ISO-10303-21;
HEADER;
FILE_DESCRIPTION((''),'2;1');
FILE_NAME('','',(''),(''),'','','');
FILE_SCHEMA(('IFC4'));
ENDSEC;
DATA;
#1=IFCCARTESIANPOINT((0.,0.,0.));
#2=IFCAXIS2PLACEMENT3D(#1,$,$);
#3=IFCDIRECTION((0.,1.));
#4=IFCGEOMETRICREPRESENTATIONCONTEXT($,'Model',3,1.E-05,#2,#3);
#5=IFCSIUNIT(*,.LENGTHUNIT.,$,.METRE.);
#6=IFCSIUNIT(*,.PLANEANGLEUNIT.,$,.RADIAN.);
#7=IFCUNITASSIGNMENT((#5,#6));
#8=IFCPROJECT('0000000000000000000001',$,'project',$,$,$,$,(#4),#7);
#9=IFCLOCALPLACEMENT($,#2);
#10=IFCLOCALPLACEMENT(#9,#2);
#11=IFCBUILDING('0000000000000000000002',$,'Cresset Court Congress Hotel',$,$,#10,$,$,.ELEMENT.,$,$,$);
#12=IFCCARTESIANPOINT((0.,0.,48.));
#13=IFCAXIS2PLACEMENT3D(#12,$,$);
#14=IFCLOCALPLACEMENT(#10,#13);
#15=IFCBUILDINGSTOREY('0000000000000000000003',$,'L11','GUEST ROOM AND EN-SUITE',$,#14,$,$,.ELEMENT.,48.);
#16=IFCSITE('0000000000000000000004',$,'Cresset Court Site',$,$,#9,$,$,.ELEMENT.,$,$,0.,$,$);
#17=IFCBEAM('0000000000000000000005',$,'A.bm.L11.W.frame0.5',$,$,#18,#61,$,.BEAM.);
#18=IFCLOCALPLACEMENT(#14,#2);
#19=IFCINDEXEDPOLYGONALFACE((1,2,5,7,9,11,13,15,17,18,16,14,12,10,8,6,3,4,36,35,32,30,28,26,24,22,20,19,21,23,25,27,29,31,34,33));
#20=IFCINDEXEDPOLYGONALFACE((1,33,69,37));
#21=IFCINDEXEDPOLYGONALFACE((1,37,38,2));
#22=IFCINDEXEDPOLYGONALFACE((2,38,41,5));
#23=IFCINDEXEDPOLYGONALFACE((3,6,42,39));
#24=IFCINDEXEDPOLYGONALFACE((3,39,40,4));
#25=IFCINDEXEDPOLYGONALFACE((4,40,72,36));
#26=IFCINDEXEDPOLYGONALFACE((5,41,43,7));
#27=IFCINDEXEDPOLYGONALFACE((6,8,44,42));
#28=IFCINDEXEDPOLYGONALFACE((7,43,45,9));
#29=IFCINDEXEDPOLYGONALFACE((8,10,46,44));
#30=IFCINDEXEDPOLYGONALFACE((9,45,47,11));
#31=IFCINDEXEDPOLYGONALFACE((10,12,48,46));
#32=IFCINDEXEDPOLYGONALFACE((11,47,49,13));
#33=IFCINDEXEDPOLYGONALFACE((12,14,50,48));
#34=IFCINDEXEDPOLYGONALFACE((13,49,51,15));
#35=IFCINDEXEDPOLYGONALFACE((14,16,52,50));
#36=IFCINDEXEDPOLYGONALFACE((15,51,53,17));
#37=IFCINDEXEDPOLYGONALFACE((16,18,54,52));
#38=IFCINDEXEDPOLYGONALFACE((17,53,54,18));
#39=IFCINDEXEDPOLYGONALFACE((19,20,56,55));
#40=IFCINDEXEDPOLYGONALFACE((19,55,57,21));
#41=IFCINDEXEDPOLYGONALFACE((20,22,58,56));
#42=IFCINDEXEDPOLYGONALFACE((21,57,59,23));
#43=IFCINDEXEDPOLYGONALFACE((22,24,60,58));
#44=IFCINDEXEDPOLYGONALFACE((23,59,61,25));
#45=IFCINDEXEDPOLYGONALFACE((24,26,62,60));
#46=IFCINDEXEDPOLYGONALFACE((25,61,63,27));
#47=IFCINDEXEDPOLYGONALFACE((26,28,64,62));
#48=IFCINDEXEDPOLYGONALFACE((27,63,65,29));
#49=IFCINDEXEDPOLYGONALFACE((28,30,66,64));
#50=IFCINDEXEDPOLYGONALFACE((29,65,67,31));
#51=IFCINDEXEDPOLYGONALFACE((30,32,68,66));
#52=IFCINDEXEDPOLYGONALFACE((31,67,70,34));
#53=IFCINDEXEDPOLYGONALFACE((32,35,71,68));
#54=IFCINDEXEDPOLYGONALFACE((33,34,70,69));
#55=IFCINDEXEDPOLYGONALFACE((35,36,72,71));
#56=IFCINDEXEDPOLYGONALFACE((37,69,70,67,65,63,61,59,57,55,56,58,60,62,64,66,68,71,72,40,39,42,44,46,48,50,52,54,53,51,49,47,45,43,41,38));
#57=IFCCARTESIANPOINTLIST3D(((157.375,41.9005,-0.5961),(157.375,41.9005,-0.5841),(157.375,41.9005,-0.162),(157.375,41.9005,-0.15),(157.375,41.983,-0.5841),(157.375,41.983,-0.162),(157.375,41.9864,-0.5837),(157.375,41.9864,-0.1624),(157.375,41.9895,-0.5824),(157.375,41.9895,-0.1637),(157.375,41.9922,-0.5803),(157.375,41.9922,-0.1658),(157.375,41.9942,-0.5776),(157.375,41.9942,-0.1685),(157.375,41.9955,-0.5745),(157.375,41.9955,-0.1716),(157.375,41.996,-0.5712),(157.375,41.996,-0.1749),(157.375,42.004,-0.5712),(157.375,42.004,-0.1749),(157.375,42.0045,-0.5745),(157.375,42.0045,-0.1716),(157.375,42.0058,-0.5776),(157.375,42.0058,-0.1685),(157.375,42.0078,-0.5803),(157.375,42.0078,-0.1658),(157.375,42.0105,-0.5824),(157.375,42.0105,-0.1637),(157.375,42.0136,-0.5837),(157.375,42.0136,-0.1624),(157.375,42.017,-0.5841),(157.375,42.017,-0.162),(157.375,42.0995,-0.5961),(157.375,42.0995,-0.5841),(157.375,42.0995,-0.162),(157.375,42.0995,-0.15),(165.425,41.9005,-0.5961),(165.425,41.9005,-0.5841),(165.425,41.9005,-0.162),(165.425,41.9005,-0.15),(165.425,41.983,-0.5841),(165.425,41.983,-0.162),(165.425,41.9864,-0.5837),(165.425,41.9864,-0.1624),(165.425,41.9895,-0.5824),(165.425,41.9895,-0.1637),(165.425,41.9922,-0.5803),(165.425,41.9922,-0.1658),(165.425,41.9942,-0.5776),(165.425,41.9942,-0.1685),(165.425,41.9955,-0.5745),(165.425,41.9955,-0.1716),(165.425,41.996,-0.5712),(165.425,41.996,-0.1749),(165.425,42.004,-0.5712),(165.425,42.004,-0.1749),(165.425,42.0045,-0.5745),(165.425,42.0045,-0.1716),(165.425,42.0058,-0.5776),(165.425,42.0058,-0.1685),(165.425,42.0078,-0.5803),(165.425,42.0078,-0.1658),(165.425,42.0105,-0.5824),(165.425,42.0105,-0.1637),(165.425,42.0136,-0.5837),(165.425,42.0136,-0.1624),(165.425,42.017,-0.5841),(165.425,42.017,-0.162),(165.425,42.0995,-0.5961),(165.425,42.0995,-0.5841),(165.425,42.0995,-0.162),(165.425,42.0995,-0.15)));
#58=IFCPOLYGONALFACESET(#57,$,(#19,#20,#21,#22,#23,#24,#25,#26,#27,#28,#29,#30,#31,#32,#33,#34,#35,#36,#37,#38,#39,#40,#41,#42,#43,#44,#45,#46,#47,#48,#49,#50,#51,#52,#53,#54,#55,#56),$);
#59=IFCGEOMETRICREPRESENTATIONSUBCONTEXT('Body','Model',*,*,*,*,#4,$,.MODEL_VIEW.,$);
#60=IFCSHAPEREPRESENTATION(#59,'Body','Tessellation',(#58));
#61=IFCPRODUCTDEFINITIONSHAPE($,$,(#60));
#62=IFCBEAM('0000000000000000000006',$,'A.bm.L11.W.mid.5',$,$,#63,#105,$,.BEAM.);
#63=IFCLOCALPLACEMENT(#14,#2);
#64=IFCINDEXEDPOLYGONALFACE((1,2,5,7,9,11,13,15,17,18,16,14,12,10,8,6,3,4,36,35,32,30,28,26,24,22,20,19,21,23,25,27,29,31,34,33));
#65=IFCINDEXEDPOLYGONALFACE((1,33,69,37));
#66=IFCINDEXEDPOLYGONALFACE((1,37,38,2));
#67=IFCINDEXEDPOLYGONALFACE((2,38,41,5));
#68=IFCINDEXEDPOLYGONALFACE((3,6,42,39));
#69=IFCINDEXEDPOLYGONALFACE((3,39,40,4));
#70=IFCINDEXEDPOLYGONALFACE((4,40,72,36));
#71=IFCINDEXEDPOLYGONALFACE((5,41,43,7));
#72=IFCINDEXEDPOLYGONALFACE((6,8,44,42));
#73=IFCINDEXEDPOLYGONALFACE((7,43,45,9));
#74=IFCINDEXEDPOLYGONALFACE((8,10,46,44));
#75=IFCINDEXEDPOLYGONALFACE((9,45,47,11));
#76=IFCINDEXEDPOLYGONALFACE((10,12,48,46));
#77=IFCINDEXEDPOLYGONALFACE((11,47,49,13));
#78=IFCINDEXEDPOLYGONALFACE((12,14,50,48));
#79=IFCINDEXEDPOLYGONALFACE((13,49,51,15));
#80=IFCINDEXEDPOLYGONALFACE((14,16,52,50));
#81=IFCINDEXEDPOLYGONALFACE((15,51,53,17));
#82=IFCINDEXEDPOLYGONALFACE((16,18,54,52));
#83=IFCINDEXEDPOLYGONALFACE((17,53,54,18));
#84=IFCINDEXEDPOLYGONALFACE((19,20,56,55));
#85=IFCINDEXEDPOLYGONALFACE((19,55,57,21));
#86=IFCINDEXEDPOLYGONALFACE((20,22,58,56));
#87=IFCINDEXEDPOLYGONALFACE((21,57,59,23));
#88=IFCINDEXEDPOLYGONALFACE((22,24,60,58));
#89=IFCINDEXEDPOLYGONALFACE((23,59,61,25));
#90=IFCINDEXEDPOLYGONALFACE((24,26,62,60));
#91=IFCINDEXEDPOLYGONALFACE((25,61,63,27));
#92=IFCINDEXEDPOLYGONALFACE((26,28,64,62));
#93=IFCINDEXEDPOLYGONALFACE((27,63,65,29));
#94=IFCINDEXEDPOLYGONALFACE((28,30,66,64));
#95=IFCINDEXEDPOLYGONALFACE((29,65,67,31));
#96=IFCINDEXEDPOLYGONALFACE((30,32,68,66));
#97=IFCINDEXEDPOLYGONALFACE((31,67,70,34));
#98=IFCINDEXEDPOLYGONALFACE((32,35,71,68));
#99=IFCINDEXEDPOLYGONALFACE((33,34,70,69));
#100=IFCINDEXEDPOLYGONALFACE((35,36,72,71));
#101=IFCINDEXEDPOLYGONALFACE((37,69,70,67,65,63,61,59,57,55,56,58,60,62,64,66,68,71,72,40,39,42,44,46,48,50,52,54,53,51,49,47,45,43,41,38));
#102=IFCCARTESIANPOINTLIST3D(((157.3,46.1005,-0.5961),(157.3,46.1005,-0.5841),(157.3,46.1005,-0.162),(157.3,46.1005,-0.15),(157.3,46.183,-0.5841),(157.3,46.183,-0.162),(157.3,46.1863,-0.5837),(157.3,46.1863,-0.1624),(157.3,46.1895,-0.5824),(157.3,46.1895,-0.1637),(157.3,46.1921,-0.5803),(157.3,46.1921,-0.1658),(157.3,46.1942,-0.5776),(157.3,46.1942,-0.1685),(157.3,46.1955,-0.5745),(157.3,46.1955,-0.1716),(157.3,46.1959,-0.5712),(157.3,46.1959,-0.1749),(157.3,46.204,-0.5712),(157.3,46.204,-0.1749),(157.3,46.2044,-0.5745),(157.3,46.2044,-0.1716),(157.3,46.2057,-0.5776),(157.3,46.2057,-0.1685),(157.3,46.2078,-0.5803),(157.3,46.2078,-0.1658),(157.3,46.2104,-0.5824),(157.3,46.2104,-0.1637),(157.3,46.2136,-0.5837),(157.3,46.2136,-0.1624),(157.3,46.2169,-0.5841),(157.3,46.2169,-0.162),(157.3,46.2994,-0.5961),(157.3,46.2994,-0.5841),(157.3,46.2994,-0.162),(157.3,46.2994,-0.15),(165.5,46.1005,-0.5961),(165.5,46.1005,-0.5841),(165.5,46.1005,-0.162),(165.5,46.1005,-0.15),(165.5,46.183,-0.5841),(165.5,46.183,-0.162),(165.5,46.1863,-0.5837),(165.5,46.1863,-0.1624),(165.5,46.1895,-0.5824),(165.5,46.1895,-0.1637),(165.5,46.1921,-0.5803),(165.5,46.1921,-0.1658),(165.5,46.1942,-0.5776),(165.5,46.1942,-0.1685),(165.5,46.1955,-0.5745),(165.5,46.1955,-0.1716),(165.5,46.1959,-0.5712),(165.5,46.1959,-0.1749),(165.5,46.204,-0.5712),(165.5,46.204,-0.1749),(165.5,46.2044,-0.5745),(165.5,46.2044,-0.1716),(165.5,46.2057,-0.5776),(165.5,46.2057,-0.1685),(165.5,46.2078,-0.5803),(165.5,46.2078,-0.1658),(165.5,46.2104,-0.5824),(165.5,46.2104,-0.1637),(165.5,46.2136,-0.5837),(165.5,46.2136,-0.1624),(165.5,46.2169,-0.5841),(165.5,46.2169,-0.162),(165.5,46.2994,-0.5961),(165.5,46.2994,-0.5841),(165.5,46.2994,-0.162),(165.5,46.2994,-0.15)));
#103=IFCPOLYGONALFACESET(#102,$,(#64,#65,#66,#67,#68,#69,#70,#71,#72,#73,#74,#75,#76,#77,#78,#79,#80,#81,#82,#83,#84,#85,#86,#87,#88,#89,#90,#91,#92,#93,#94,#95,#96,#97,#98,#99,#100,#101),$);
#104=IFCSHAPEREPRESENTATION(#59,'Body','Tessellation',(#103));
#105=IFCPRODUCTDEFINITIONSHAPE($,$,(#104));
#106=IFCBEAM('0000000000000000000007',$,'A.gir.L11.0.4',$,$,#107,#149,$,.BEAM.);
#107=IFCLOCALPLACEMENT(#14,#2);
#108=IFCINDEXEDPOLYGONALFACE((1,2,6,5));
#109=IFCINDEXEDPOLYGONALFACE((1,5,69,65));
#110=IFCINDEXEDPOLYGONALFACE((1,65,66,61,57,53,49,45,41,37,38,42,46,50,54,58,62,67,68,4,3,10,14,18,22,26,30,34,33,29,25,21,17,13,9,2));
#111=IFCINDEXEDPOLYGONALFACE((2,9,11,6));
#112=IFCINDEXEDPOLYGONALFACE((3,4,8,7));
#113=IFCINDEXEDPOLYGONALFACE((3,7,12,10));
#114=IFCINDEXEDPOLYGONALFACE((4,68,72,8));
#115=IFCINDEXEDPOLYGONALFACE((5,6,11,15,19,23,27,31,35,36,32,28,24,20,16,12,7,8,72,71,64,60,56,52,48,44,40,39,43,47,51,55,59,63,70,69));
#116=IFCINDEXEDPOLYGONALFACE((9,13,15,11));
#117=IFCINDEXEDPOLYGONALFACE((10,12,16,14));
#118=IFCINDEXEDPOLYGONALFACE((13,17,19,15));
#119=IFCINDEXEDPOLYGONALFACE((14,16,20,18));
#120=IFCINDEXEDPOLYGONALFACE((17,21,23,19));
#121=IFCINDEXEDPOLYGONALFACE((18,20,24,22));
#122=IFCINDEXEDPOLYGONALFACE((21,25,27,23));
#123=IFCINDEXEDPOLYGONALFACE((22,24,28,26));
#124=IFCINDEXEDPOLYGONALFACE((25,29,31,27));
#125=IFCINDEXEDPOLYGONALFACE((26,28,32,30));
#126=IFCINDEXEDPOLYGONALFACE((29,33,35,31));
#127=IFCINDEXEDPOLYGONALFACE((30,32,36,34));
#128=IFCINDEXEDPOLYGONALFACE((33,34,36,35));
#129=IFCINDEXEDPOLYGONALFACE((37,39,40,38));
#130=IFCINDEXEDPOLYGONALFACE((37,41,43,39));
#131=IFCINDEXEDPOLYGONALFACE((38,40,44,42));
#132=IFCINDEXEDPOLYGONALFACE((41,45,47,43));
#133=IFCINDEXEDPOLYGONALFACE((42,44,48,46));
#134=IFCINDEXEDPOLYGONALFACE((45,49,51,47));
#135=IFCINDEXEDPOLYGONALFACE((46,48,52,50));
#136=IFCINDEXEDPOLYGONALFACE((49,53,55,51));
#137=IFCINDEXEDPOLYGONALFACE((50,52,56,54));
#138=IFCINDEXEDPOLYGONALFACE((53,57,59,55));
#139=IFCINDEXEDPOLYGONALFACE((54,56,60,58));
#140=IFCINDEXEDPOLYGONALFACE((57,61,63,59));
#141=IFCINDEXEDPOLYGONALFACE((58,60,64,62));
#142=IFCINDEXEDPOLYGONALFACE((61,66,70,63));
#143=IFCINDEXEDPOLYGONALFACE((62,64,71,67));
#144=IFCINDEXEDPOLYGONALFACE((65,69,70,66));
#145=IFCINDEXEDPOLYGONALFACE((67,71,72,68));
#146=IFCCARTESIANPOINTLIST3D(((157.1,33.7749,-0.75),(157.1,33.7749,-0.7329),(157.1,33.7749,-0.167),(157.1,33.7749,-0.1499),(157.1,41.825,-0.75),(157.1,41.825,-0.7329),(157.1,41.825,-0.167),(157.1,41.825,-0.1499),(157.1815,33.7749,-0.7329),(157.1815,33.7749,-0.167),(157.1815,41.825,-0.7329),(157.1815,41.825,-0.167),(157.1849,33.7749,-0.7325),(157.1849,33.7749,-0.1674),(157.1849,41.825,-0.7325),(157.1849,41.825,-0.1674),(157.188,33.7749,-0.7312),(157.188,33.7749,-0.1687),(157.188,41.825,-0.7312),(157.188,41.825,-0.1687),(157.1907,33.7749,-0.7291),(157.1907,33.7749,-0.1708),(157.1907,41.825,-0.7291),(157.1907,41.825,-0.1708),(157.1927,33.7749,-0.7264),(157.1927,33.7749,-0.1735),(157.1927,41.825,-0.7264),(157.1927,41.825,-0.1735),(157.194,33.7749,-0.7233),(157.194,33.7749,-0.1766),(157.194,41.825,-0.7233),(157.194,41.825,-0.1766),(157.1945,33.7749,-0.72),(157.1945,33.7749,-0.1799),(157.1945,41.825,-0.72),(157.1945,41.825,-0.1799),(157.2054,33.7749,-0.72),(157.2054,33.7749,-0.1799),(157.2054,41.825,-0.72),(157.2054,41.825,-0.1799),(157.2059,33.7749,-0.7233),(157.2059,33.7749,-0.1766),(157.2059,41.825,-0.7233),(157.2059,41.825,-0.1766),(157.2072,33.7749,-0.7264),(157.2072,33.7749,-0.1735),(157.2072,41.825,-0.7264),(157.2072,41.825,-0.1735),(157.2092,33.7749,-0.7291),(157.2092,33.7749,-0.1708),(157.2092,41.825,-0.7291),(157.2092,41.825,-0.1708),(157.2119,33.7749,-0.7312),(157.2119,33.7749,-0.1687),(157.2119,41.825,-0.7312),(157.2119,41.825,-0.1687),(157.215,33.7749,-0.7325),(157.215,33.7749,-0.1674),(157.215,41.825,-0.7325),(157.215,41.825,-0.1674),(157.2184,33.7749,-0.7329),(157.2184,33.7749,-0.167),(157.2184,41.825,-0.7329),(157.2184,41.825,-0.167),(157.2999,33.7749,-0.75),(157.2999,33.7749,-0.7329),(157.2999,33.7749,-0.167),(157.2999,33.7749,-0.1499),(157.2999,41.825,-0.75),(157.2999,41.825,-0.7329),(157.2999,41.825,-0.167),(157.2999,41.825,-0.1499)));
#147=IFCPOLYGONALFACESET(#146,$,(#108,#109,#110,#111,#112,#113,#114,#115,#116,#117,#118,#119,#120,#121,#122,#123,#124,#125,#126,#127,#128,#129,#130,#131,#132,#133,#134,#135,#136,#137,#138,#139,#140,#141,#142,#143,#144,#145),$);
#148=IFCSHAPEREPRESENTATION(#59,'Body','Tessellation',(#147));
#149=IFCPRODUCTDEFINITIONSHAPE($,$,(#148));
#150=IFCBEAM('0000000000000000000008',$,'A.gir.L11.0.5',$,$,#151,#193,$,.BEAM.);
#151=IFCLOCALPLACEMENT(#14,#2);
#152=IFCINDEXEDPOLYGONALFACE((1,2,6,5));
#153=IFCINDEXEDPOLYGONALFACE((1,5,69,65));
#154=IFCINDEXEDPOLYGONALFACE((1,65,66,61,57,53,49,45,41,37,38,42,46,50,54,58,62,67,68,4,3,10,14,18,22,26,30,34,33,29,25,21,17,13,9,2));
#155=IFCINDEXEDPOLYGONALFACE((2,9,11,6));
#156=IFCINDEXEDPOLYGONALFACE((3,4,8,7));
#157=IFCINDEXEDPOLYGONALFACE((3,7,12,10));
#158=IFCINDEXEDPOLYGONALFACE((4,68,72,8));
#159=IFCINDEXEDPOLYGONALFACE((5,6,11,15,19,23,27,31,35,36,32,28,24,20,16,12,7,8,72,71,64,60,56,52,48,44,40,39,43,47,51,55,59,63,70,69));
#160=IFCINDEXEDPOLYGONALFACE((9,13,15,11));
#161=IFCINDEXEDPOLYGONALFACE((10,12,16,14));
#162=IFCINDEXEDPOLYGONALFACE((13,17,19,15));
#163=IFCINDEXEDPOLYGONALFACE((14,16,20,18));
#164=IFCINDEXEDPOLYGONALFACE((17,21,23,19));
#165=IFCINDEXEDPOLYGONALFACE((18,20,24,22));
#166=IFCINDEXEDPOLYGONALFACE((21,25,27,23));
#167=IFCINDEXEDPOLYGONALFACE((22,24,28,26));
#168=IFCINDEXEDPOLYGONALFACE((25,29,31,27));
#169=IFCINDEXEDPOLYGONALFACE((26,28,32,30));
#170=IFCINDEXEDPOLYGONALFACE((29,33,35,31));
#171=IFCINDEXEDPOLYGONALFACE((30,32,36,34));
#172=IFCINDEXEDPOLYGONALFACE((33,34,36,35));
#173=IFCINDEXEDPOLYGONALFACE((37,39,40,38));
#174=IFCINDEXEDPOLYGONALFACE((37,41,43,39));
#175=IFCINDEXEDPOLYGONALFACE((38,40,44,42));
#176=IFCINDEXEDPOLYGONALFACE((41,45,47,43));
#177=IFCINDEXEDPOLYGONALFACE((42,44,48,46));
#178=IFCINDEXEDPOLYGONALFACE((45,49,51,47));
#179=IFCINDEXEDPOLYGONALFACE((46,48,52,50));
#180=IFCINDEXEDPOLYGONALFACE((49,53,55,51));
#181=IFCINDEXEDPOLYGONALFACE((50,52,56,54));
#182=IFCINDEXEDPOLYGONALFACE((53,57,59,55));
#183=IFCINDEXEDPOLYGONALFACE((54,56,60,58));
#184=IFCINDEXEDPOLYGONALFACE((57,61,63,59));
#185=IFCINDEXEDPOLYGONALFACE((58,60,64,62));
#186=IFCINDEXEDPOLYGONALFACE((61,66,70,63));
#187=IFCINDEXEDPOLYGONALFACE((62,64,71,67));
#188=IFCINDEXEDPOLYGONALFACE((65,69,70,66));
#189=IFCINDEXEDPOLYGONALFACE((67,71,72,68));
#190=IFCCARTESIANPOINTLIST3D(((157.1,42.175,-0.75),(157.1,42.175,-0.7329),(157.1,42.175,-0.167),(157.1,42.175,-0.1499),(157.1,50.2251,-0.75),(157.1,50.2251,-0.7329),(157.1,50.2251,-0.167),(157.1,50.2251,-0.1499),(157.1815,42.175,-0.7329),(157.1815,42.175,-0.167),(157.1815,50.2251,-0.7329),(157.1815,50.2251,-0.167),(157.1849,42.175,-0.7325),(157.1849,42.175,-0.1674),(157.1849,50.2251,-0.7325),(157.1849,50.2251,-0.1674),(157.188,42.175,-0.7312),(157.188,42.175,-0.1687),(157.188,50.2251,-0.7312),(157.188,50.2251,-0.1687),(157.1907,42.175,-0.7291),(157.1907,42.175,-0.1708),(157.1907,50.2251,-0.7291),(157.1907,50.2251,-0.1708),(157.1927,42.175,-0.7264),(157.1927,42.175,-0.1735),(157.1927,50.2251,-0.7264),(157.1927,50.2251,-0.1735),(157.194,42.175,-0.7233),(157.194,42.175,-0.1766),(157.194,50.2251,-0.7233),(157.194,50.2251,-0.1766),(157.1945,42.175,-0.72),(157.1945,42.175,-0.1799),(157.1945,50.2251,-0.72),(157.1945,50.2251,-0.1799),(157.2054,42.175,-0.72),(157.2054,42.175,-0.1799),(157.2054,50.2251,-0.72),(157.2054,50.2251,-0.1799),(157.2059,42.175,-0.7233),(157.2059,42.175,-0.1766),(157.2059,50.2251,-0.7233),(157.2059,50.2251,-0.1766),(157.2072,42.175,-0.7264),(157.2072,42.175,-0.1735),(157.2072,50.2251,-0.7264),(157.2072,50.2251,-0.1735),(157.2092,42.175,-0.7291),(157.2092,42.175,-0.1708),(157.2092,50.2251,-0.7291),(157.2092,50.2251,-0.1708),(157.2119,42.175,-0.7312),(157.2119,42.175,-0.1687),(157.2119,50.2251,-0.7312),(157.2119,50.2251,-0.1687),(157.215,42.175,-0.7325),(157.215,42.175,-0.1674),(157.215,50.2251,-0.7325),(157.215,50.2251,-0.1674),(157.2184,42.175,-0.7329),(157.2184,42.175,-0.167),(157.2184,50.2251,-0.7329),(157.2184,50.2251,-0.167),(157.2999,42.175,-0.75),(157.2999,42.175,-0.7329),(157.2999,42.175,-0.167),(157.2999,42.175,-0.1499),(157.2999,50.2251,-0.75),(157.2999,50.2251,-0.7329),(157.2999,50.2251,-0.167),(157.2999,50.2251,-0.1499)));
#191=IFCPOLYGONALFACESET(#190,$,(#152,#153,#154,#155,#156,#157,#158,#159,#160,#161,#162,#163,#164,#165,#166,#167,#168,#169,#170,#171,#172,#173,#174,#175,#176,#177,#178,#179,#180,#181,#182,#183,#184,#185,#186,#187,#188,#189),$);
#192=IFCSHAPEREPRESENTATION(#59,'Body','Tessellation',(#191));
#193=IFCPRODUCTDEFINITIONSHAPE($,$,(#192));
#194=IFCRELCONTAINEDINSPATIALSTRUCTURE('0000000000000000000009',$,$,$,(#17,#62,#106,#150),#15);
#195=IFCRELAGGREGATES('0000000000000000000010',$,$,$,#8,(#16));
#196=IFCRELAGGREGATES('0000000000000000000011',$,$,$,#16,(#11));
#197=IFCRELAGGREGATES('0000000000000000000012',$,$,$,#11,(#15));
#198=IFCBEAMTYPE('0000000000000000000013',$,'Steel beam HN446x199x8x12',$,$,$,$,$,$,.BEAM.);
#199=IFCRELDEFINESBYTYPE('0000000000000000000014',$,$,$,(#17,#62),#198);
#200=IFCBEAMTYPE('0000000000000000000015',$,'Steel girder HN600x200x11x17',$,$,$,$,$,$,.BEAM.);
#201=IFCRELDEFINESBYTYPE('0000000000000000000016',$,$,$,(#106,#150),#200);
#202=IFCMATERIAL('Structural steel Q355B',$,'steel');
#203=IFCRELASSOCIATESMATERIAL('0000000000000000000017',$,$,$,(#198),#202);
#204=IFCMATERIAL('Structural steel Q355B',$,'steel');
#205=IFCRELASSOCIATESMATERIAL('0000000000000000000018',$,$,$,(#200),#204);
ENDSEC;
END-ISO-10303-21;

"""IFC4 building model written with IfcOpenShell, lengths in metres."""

from ifc_helpers import new_model, si_unit, direction, frame, origin, origin_2d, place, context, subcontext, project, spatial, i_section, extrude, material, material_profile, profile_set, type_object, element, save


model = new_model("IFC4")

# Units and contexts
model_context = context("Model", 3, precision=1e-05, world=origin(), true_north=direction((0.0, 1.0)))
body_context = subcontext(model_context, "Body", "Model", "MODEL_VIEW")
ifc_project = project(units=[si_unit("LENGTHUNIT", "METRE"), si_unit("PLANEANGLEUNIT", "RADIAN")], contexts=[model_context])

# Site, building, storey
site_placement = place(None, origin())
site = spatial("IfcSite", under=ifc_project, at=site_placement, Name="Cresset Court Site", CompositionType="ELEMENT", RefElevation=0.0)
building_placement = place(site_placement, origin())
building = spatial("IfcBuilding", under=site, at=building_placement, Name="Cresset Court Congress Hotel", CompositionType="ELEMENT")
storey_placement = place(building_placement, frame((0.0, 0.0, 48.0)))
storey = spatial("IfcBuildingStorey", under=building, at=storey_placement, Name="L11", Description="GUEST ROOM AND EN-SUITE", CompositionType="ELEMENT", Elevation=48.0)

# Beams
ifc_material_1 = material(Name="Structural steel Q355B", Category="steel")
ifc_material_profile_1 = material_profile(ifc_material_1, i_section(OverallWidth=0.199, OverallDepth=0.446, WebThickness=0.0081, FlangeThickness=0.012, FilletRadius=0.0129, at=origin_2d()), Name="HN446x199x8x12")
ifc_profile_set_1 = profile_set([ifc_material_profile_1], Name="Structural steel Q355B")
beam_type_1 = type_object("IfcBeamType", Name="Steel beam HN446x199x8x12", PredefinedType="BEAM", material=ifc_profile_set_1)
beam_1_placement = place(storey_placement, frame((157.375, 42.0, -0.373), z_axis=(1.0, 0.0, 0.0), x_axis=(0.0, 1.0, 0.0)))
element("IfcBeam", 1, at=beam_1_placement, inside=storey, type_object=beam_type_1, Name="A.bm.L11.W.frame0.5", PredefinedType="BEAM", context=body_context, shape_type="SweptSolid", body=[
    extrude(i_section(OverallWidth=0.199, OverallDepth=0.446, WebThickness=0.0081, FlangeThickness=0.012, FilletRadius=0.0129, at=origin_2d()), origin(), (0.0, 0.0, 1.0), 8.05),
])
beam_2_placement = place(storey_placement, frame((157.3, 46.2, -0.373), z_axis=(1.0, 0.0, 0.0), x_axis=(0.0, 1.0, 0.0)))
element("IfcBeam", 2, at=beam_2_placement, inside=storey, type_object=beam_type_1, Name="A.bm.L11.W.mid.5", PredefinedType="BEAM", context=body_context, shape_type="SweptSolid", body=[
    extrude(i_section(OverallWidth=0.199, OverallDepth=0.446, WebThickness=0.0081, FlangeThickness=0.012, FilletRadius=0.0129, at=origin_2d()), origin(), (0.0, 0.0, 1.0), 8.2),
])
ifc_material_2 = material(Name="Structural steel Q355B", Category="steel")
ifc_material_profile_2 = material_profile(ifc_material_2, i_section(OverallWidth=0.2, OverallDepth=0.6001, WebThickness=0.011, FlangeThickness=0.0171, FilletRadius=0.0129, at=origin_2d()), Name="HN600x200x11x17")
ifc_profile_set_2 = profile_set([ifc_material_profile_2], Name="Structural steel Q355B")
beam_type_2 = type_object("IfcBeamType", Name="Steel girder HN600x200x11x17", PredefinedType="BEAM", material=ifc_profile_set_2)
for number, where, z_axis, x_axis, name in (
    (3, (157.2, 33.7749, -0.45), (0.0, 1.0, 0.0), (-1.0, 0.0, 0.0), "A.gir.L11.0.4"),
    (4, (157.2, 42.175, -0.45), (0.0, 1.0, 0.0), (-1.0, 0.0, 0.0), "A.gir.L11.0.5"),
):
    element("IfcBeam", number, at=place(storey_placement, frame(where, z_axis=z_axis, x_axis=x_axis)), inside=storey, type_object=beam_type_2, Name=name, PredefinedType="BEAM", context=body_context, shape_type="SweptSolid", body=[
        extrude(i_section(OverallWidth=0.2, OverallDepth=0.6001, WebThickness=0.011, FlangeThickness=0.0171, FilletRadius=0.0129, at=origin_2d()), origin(), (0.0, 0.0, 1.0), 8.05),
    ])

save(model, "model.ifc")
